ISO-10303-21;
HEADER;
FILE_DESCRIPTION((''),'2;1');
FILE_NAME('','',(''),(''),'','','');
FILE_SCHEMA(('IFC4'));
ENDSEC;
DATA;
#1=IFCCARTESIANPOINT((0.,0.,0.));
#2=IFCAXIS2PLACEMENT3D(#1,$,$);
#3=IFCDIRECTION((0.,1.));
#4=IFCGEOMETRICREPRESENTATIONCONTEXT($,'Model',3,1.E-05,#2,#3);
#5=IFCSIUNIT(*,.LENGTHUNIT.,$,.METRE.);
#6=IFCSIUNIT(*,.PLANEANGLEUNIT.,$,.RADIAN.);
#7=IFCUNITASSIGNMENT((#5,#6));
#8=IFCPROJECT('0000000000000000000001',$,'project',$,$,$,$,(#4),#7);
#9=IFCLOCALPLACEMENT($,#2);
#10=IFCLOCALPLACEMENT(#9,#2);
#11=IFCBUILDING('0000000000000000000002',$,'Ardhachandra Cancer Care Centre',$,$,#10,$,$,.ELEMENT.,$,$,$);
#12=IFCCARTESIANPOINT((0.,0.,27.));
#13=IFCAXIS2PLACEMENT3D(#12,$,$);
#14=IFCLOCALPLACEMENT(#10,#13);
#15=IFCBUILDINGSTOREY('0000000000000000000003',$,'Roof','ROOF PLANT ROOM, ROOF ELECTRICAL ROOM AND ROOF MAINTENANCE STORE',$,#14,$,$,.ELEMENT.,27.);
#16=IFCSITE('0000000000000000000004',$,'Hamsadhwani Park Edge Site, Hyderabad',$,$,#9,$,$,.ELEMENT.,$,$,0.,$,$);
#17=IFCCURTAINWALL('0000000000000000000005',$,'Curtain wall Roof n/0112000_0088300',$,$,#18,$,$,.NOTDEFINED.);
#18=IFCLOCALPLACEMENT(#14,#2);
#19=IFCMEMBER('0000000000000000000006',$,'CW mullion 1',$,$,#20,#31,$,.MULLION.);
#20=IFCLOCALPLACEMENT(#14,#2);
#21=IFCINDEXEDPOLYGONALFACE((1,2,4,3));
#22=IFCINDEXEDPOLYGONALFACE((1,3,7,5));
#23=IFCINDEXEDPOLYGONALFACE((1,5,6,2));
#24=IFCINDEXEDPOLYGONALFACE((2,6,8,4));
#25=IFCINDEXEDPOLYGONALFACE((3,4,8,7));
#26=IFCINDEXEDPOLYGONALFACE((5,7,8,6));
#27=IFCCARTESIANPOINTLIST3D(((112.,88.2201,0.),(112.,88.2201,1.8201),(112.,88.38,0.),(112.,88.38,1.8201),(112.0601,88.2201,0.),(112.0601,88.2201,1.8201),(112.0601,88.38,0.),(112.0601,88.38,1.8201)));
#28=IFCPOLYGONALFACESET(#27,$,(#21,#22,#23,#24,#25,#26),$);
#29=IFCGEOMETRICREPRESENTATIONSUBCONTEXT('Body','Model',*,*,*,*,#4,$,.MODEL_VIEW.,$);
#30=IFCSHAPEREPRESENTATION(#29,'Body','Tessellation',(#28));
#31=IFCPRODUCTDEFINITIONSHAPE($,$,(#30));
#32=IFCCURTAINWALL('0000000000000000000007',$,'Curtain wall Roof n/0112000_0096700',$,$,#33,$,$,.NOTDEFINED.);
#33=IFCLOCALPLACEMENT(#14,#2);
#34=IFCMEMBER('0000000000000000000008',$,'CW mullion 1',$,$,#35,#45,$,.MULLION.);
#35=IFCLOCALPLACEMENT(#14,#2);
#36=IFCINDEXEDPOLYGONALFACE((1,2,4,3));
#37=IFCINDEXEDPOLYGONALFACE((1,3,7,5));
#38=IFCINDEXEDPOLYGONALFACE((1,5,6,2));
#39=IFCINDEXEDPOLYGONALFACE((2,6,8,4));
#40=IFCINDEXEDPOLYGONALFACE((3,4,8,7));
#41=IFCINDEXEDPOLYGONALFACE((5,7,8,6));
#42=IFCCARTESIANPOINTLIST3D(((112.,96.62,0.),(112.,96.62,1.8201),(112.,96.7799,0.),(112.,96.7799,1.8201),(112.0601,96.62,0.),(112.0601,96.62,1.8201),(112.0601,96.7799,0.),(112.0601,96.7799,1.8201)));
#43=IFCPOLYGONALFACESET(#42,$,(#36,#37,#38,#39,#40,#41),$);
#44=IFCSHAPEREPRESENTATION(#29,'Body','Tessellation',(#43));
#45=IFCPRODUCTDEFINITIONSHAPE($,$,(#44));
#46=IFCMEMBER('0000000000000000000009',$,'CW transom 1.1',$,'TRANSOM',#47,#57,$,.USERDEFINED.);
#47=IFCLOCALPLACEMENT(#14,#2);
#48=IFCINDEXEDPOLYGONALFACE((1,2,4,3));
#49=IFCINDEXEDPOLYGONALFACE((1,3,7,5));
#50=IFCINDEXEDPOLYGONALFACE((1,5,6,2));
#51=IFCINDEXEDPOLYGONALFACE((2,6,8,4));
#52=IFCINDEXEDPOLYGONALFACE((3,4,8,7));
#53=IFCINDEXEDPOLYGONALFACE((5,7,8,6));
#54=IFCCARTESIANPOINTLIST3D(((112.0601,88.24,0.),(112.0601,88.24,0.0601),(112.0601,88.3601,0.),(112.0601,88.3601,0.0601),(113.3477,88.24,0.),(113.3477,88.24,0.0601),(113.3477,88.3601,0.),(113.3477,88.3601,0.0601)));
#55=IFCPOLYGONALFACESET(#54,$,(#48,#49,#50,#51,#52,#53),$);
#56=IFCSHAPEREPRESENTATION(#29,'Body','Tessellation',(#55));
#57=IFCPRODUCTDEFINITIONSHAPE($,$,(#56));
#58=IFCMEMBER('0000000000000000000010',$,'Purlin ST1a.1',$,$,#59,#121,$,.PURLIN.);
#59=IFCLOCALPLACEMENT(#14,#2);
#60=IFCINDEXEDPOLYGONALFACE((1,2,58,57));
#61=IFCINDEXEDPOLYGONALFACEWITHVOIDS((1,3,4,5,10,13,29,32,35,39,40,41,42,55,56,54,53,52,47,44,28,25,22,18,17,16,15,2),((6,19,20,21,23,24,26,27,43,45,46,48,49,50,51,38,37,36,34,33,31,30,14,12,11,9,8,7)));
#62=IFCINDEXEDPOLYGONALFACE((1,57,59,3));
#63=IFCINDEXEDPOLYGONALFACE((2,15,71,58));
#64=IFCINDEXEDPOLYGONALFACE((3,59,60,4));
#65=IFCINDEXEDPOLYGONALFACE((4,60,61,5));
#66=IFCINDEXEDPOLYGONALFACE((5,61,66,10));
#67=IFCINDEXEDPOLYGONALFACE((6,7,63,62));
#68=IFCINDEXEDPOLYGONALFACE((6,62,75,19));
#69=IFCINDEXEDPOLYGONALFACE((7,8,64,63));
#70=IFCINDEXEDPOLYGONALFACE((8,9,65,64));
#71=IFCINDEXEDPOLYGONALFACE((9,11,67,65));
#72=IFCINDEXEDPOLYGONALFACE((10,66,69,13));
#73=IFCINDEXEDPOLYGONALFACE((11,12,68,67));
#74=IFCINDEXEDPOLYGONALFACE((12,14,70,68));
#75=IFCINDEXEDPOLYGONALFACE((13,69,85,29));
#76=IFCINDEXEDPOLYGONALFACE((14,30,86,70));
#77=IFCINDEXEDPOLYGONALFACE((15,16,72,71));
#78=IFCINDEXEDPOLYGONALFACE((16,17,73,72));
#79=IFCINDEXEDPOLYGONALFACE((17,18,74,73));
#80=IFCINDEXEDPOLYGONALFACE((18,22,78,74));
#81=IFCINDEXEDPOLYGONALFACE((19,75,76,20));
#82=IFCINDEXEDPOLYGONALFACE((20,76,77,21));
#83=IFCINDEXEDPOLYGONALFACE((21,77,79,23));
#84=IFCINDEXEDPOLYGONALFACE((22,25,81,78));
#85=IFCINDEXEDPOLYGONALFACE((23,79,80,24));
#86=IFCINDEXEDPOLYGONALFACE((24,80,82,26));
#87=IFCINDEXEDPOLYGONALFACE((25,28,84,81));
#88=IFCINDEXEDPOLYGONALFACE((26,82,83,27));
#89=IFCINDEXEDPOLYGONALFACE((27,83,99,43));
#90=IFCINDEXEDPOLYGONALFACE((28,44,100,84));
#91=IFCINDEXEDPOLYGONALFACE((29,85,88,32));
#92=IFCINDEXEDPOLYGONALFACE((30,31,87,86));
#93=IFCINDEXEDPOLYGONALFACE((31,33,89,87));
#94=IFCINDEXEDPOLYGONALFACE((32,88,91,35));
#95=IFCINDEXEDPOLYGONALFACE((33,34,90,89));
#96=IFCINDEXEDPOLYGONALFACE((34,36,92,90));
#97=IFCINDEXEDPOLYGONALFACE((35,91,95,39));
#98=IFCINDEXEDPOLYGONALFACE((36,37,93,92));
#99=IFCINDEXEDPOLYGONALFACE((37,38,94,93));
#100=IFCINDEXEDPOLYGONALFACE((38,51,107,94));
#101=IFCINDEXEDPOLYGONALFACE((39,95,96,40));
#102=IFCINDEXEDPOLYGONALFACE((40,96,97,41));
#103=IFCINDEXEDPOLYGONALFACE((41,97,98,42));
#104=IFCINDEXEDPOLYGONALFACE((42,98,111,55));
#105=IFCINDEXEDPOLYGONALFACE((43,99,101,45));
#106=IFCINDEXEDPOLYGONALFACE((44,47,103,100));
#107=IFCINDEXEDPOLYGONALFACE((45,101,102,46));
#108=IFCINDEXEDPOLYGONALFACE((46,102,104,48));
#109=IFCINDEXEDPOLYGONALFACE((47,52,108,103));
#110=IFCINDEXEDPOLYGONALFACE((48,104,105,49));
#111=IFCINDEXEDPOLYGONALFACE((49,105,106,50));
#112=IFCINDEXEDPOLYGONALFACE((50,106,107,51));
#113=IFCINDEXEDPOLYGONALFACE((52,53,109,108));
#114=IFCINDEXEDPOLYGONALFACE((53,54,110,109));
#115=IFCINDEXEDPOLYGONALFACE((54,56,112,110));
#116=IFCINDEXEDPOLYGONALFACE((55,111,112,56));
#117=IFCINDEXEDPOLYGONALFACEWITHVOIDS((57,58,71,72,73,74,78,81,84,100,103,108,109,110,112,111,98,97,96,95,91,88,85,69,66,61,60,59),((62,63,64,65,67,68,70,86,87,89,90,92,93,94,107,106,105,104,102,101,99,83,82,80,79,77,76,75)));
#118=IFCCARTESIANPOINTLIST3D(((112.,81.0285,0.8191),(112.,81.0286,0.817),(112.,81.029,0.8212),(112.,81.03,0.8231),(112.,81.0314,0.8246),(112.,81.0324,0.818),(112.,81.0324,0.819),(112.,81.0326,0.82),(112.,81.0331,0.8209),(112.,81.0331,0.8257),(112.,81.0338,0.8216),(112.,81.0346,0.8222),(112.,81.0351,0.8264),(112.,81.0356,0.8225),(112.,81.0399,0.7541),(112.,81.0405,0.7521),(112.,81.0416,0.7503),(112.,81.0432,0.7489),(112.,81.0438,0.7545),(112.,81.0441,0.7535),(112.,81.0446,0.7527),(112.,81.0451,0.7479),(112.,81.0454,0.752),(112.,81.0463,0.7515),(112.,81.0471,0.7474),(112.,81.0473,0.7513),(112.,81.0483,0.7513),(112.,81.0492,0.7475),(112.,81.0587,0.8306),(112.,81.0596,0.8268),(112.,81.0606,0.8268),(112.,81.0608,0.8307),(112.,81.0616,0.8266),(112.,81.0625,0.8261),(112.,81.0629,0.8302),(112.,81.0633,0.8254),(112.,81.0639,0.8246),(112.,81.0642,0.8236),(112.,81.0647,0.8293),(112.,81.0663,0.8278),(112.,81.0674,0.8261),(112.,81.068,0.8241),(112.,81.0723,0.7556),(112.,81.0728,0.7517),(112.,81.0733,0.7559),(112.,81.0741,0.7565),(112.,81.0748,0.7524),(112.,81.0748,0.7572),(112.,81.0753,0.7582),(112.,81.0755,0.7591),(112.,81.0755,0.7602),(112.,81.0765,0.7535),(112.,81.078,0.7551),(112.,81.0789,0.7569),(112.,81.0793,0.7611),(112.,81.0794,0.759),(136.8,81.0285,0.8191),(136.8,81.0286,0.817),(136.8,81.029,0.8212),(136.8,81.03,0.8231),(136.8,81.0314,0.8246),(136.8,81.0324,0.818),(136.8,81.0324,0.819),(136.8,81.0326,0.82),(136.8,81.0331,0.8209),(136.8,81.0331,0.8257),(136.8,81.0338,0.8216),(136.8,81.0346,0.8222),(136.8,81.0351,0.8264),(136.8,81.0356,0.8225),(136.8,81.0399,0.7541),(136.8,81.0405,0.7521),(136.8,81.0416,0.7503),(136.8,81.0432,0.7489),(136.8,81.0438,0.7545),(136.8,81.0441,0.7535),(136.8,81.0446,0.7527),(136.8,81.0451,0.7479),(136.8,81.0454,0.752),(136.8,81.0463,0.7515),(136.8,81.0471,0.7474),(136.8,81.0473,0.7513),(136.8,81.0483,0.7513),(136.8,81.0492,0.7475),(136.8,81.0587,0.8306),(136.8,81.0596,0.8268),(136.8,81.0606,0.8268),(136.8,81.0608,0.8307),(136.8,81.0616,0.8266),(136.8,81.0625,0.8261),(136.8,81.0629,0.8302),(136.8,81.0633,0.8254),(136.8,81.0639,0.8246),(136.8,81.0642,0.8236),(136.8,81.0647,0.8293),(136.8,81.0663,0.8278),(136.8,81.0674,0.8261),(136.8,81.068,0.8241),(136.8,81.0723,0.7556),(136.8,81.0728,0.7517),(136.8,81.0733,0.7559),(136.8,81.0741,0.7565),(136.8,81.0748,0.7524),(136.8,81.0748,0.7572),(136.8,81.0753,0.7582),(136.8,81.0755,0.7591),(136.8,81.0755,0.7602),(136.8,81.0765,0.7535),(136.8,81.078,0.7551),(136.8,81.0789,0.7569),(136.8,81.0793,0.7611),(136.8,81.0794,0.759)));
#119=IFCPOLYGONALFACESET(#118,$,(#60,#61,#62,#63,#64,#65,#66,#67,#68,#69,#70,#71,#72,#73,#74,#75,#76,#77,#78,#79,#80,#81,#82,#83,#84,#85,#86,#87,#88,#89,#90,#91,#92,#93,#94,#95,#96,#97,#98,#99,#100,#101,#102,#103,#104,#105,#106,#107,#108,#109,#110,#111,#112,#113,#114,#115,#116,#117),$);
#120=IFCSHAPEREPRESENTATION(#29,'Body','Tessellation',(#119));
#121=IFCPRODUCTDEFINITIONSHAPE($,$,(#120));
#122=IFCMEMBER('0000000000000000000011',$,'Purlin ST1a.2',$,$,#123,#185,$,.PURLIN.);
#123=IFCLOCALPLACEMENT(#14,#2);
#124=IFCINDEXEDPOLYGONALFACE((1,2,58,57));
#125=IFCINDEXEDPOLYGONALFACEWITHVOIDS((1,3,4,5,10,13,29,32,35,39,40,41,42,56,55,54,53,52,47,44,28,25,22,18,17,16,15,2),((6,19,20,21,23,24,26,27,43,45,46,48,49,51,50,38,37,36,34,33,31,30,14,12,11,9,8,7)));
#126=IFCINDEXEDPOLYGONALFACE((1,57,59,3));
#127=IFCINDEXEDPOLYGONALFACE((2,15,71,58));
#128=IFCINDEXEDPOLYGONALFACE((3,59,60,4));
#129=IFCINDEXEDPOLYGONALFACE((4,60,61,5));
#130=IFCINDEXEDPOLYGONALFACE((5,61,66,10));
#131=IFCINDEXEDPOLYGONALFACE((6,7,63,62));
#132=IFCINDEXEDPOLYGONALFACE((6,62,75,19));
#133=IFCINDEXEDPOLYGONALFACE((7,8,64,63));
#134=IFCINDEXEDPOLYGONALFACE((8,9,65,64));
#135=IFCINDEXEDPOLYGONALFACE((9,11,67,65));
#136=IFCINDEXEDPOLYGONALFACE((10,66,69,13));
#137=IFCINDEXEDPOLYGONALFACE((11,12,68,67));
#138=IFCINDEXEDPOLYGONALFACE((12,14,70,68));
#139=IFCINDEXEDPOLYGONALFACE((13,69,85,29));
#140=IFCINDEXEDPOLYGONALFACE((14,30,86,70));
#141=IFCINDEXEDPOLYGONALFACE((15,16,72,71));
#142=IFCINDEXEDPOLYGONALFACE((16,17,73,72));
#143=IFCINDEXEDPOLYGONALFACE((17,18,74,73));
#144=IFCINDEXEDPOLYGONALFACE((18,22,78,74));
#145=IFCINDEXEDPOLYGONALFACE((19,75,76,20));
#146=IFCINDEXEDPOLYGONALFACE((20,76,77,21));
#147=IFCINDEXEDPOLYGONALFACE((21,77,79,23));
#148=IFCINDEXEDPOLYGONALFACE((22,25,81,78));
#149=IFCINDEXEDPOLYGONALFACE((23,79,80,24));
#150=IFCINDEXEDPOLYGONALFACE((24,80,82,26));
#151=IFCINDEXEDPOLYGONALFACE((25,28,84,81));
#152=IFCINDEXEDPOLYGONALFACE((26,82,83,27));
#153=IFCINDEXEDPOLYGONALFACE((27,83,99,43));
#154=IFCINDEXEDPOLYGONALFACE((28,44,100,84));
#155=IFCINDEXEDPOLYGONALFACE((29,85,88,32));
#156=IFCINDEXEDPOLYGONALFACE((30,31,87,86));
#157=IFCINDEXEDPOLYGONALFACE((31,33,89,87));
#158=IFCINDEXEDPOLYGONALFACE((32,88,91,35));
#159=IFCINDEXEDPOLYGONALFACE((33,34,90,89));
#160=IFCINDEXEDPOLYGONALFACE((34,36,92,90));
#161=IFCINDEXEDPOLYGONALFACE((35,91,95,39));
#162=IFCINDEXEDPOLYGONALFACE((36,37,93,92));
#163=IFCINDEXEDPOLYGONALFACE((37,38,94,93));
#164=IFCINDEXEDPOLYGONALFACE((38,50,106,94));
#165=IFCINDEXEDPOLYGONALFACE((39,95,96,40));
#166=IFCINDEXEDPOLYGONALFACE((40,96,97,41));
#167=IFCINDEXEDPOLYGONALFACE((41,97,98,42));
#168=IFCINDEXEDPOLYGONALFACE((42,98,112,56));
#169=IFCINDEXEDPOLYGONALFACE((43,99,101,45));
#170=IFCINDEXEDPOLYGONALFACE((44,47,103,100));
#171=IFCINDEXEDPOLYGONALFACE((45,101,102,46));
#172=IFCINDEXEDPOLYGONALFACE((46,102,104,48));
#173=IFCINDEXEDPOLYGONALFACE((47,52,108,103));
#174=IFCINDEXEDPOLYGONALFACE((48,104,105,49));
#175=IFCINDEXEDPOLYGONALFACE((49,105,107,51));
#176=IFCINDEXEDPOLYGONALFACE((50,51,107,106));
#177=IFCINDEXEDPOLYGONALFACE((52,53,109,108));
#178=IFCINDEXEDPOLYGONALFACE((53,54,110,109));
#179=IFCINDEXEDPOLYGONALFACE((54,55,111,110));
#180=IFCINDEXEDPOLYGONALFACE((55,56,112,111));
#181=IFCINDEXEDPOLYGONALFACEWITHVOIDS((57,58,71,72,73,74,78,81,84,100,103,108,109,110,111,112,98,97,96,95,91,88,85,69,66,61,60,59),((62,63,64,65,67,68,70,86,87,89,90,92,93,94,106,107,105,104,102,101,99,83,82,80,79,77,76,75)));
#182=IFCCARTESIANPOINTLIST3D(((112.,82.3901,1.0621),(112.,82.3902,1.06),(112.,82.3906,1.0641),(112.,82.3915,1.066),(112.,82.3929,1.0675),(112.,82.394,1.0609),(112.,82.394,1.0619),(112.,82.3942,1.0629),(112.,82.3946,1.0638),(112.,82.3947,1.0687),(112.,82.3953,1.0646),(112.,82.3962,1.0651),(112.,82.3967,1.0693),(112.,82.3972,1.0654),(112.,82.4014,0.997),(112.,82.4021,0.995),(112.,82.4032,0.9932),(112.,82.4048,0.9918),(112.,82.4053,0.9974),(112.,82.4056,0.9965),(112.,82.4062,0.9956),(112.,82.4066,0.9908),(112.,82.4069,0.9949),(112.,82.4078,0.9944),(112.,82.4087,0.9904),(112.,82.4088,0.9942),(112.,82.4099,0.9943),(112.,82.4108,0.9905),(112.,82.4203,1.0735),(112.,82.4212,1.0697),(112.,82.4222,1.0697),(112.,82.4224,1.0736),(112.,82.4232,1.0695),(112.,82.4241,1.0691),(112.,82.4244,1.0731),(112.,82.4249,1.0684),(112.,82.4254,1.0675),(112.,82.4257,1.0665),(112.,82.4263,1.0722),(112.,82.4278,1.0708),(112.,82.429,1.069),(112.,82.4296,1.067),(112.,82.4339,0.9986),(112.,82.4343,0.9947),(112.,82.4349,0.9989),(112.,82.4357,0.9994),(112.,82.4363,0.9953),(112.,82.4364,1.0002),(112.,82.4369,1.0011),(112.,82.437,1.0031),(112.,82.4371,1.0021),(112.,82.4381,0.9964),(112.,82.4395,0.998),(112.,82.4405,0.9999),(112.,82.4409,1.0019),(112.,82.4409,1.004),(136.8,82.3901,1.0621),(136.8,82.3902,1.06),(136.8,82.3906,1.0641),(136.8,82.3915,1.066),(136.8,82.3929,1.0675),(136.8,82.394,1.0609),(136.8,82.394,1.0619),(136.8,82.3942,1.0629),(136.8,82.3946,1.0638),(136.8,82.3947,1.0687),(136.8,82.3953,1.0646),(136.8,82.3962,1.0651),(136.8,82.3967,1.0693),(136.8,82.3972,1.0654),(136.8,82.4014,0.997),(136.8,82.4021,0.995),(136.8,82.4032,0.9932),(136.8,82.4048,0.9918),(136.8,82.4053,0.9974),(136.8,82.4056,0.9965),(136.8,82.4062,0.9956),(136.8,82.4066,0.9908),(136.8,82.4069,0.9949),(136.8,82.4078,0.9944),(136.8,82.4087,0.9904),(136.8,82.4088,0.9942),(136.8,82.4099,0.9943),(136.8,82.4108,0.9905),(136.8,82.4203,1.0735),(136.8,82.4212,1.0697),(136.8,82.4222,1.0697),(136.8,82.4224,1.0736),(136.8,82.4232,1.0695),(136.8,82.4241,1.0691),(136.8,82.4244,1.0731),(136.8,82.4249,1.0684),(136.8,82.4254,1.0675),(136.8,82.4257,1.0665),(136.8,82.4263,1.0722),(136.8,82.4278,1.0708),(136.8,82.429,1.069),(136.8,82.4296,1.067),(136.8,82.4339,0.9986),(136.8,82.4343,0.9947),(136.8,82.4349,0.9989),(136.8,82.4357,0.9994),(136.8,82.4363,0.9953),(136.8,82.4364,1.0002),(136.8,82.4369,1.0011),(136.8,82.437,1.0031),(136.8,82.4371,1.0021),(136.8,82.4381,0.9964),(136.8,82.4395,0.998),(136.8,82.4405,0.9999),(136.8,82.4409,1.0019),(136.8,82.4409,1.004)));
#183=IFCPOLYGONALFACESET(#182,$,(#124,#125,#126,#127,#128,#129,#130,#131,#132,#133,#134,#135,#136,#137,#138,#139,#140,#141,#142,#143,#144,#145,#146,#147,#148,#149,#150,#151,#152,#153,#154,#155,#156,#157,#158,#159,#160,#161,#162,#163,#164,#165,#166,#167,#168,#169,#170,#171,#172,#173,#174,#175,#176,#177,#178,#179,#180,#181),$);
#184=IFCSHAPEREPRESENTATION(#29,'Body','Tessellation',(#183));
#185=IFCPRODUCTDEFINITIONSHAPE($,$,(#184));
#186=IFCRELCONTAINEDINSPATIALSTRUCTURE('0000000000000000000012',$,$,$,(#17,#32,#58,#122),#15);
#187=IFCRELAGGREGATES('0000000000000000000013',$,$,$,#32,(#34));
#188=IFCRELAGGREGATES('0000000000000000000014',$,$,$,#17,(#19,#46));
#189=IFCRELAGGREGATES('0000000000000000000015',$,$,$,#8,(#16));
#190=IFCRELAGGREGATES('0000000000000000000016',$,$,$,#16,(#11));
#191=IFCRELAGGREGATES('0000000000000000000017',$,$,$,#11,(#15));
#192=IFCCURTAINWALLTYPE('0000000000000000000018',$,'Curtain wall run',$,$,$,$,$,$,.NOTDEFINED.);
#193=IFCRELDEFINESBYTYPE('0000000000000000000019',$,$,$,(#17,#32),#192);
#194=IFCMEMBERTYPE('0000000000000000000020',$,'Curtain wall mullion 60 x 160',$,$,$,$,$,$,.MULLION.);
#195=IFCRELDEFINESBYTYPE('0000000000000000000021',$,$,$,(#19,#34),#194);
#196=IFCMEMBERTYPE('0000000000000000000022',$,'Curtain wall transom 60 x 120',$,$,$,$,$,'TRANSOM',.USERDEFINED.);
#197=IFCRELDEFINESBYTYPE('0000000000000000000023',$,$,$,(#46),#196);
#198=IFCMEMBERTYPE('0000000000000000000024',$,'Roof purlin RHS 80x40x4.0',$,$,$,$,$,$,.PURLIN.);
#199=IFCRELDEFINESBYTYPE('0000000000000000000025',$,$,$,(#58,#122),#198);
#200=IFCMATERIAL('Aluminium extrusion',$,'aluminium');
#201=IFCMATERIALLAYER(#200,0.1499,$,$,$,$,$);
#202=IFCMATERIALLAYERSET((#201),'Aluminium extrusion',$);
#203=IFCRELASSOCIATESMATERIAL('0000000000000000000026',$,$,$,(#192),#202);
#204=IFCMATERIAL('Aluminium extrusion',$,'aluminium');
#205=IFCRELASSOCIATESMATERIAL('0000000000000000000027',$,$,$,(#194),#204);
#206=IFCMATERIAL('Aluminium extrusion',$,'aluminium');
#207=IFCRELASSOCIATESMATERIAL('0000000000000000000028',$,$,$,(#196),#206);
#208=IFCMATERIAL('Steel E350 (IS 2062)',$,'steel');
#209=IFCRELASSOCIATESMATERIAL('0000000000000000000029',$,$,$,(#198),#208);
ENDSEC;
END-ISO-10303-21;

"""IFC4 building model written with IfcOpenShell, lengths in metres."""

from ifc_helpers import new_model, si_unit, direction, frame, origin, origin_2d, place, context, subcontext, project, spatial, rectangle, hollow_rectangle, extrude, material, layer, layer_set, material_profile, profile_set, type_object, element, aggregate, save


model = new_model("IFC4")

# Units and contexts
model_context = context("Model", 3, precision=1e-05, world=origin(), true_north=direction((0.0, 1.0)))
body_context = subcontext(model_context, "Body", "Model", "MODEL_VIEW")
ifc_project = project(units=[si_unit("LENGTHUNIT", "METRE"), si_unit("PLANEANGLEUNIT", "RADIAN")], contexts=[model_context])

# Site, building, storey
site_placement = place(None, origin())
site = spatial("IfcSite", under=ifc_project, at=site_placement, Name="Hamsadhwani Park Edge Site, Hyderabad", CompositionType="ELEMENT", RefElevation=0.0)
building_placement = place(site_placement, origin())
building = spatial("IfcBuilding", under=site, at=building_placement, Name="Ardhachandra Cancer Care Centre", CompositionType="ELEMENT")
storey_placement = place(building_placement, frame((0.0, 0.0, 27.0)))
storey = spatial("IfcBuildingStorey", under=building, at=storey_placement, Name="Roof", Description="ROOF PLANT ROOM, ROOF ELECTRICAL ROOM AND ROOF MAINTENANCE STORE", CompositionType="ELEMENT", Elevation=27.0)

# Curtain walls, members
ifc_material_1 = material(Name="Aluminium extrusion", Category="aluminium")
ifc_layer_1 = layer(ifc_material_1, 0.1499)
ifc_layer_set_1 = layer_set([ifc_layer_1], Name="Aluminium extrusion")
curtain_wall_type = type_object("IfcCurtainWallType", Name="Curtain wall run", PredefinedType="NOTDEFINED", material=ifc_layer_set_1)
curtain_wall_1_placement = place(storey_placement, origin())
curtain_wall_1 = element("IfcCurtainWall", 1, at=curtain_wall_1_placement, inside=storey, type_object=curtain_wall_type, Name="Curtain wall Roof n/0112000_0088300", PredefinedType="NOTDEFINED")
ifc_material_2 = material(Name="Aluminium extrusion", Category="aluminium")
ifc_material_profile_1 = material_profile(ifc_material_2, rectangle(XDim=0.1599, YDim=0.0601, at=origin_2d()), Name="Curtain wall mullion 60 x 160")
ifc_profile_set_1 = profile_set([ifc_material_profile_1], Name="Aluminium extrusion")
member_type_1 = type_object("IfcMemberType", Name="Curtain wall mullion 60 x 160", PredefinedType="MULLION", material=ifc_profile_set_1)
member_1_placement = place(storey_placement, frame((112.03, 88.3, 0.0), z_axis=(0.0, 0.0, 1.0), x_axis=(0.0, 1.0, 0.0)))
member_1 = element("IfcMember", 2, at=member_1_placement, type_object=member_type_1, Name="CW mullion 1", PredefinedType="MULLION", context=body_context, shape_type="SweptSolid", body=[
    extrude(rectangle(XDim=0.1599, YDim=0.0601, at=origin_2d()), origin(), (0.0, 0.0, 1.0), 1.8201),
])
curtain_wall_2_placement = place(storey_placement, origin())
curtain_wall_2 = element("IfcCurtainWall", 3, at=curtain_wall_2_placement, inside=storey, type_object=curtain_wall_type, Name="Curtain wall Roof n/0112000_0096700", PredefinedType="NOTDEFINED")
member_2_placement = place(storey_placement, frame((112.03, 96.7, 0.0), z_axis=(0.0, 0.0, 1.0), x_axis=(0.0, 1.0, 0.0)))
member_2 = element("IfcMember", 4, at=member_2_placement, type_object=member_type_1, Name="CW mullion 1", PredefinedType="MULLION", context=body_context, shape_type="SweptSolid", body=[
    extrude(rectangle(XDim=0.1599, YDim=0.0601, at=origin_2d()), origin(), (0.0, 0.0, 1.0), 1.8201),
])
aggregate(curtain_wall_2, [member_2])

# Member
ifc_material_3 = material(Name="Aluminium extrusion", Category="aluminium")
ifc_material_profile_2 = material_profile(ifc_material_3, rectangle(XDim=0.1201, YDim=0.0601, at=origin_2d()), Name="Curtain wall transom 60 x 120")
ifc_profile_set_2 = profile_set([ifc_material_profile_2], Name="Aluminium extrusion")
member_type_2 = type_object("IfcMemberType", Name="Curtain wall transom 60 x 120", ElementType="TRANSOM", PredefinedType="USERDEFINED", material=ifc_profile_set_2)
member_3_placement = place(storey_placement, frame((112.0601, 88.3, 0.03), z_axis=(1.0, 0.0, 0.0), x_axis=(0.0, 1.0, 0.0)))
member_3 = element("IfcMember", 5, at=member_3_placement, type_object=member_type_2, Name="CW transom 1.1", ObjectType="TRANSOM", PredefinedType="USERDEFINED", context=body_context, shape_type="SweptSolid", body=[
    extrude(rectangle(XDim=0.1201, YDim=0.0601, at=origin_2d()), origin(), (0.0, 0.0, 1.0), 1.2876),
])
aggregate(curtain_wall_1, [member_1, member_3])

# Members
ifc_material_4 = material(Name="Steel E350 (IS 2062)", Category="steel")
ifc_material_profile_3 = material_profile(ifc_material_4, hollow_rectangle(XDim=0.04, YDim=0.0801, WallThickness=0.0039, InnerFilletRadius=0.0039, OuterFilletRadius=0.0081, at=origin_2d()), Name="RHS 80x40x4.0")
ifc_profile_set_3 = profile_set([ifc_material_profile_3], Name="Steel E350 (IS 2062)")
member_type_3 = type_object("IfcMemberType", Name="Roof purlin RHS 80x40x4.0", PredefinedType="PURLIN", material=ifc_profile_set_3)
for number, where, z_axis, x_axis, name in (
    (6, (112.0, 81.054, 0.7891), (1.0, 0.0, 0.0), (0.0, 0.98446, 0.175606), "Purlin ST1a.1"),
    (7, (112.0, 82.4155, 1.032), (1.0, 0.0, 0.0), (0.0, 0.98446, 0.175606), "Purlin ST1a.2"),
):
    element("IfcMember", number, at=place(storey_placement, frame(where, z_axis=z_axis, x_axis=x_axis)), inside=storey, type_object=member_type_3, Name=name, PredefinedType="PURLIN", context=body_context, shape_type="SweptSolid", body=[
        extrude(hollow_rectangle(XDim=0.04, YDim=0.0801, WallThickness=0.0039, InnerFilletRadius=0.0039, OuterFilletRadius=0.0081, at=origin_2d()), origin(), (0.0, 0.0, 1.0), 24.8),
    ])

save(model, "model.ifc")
